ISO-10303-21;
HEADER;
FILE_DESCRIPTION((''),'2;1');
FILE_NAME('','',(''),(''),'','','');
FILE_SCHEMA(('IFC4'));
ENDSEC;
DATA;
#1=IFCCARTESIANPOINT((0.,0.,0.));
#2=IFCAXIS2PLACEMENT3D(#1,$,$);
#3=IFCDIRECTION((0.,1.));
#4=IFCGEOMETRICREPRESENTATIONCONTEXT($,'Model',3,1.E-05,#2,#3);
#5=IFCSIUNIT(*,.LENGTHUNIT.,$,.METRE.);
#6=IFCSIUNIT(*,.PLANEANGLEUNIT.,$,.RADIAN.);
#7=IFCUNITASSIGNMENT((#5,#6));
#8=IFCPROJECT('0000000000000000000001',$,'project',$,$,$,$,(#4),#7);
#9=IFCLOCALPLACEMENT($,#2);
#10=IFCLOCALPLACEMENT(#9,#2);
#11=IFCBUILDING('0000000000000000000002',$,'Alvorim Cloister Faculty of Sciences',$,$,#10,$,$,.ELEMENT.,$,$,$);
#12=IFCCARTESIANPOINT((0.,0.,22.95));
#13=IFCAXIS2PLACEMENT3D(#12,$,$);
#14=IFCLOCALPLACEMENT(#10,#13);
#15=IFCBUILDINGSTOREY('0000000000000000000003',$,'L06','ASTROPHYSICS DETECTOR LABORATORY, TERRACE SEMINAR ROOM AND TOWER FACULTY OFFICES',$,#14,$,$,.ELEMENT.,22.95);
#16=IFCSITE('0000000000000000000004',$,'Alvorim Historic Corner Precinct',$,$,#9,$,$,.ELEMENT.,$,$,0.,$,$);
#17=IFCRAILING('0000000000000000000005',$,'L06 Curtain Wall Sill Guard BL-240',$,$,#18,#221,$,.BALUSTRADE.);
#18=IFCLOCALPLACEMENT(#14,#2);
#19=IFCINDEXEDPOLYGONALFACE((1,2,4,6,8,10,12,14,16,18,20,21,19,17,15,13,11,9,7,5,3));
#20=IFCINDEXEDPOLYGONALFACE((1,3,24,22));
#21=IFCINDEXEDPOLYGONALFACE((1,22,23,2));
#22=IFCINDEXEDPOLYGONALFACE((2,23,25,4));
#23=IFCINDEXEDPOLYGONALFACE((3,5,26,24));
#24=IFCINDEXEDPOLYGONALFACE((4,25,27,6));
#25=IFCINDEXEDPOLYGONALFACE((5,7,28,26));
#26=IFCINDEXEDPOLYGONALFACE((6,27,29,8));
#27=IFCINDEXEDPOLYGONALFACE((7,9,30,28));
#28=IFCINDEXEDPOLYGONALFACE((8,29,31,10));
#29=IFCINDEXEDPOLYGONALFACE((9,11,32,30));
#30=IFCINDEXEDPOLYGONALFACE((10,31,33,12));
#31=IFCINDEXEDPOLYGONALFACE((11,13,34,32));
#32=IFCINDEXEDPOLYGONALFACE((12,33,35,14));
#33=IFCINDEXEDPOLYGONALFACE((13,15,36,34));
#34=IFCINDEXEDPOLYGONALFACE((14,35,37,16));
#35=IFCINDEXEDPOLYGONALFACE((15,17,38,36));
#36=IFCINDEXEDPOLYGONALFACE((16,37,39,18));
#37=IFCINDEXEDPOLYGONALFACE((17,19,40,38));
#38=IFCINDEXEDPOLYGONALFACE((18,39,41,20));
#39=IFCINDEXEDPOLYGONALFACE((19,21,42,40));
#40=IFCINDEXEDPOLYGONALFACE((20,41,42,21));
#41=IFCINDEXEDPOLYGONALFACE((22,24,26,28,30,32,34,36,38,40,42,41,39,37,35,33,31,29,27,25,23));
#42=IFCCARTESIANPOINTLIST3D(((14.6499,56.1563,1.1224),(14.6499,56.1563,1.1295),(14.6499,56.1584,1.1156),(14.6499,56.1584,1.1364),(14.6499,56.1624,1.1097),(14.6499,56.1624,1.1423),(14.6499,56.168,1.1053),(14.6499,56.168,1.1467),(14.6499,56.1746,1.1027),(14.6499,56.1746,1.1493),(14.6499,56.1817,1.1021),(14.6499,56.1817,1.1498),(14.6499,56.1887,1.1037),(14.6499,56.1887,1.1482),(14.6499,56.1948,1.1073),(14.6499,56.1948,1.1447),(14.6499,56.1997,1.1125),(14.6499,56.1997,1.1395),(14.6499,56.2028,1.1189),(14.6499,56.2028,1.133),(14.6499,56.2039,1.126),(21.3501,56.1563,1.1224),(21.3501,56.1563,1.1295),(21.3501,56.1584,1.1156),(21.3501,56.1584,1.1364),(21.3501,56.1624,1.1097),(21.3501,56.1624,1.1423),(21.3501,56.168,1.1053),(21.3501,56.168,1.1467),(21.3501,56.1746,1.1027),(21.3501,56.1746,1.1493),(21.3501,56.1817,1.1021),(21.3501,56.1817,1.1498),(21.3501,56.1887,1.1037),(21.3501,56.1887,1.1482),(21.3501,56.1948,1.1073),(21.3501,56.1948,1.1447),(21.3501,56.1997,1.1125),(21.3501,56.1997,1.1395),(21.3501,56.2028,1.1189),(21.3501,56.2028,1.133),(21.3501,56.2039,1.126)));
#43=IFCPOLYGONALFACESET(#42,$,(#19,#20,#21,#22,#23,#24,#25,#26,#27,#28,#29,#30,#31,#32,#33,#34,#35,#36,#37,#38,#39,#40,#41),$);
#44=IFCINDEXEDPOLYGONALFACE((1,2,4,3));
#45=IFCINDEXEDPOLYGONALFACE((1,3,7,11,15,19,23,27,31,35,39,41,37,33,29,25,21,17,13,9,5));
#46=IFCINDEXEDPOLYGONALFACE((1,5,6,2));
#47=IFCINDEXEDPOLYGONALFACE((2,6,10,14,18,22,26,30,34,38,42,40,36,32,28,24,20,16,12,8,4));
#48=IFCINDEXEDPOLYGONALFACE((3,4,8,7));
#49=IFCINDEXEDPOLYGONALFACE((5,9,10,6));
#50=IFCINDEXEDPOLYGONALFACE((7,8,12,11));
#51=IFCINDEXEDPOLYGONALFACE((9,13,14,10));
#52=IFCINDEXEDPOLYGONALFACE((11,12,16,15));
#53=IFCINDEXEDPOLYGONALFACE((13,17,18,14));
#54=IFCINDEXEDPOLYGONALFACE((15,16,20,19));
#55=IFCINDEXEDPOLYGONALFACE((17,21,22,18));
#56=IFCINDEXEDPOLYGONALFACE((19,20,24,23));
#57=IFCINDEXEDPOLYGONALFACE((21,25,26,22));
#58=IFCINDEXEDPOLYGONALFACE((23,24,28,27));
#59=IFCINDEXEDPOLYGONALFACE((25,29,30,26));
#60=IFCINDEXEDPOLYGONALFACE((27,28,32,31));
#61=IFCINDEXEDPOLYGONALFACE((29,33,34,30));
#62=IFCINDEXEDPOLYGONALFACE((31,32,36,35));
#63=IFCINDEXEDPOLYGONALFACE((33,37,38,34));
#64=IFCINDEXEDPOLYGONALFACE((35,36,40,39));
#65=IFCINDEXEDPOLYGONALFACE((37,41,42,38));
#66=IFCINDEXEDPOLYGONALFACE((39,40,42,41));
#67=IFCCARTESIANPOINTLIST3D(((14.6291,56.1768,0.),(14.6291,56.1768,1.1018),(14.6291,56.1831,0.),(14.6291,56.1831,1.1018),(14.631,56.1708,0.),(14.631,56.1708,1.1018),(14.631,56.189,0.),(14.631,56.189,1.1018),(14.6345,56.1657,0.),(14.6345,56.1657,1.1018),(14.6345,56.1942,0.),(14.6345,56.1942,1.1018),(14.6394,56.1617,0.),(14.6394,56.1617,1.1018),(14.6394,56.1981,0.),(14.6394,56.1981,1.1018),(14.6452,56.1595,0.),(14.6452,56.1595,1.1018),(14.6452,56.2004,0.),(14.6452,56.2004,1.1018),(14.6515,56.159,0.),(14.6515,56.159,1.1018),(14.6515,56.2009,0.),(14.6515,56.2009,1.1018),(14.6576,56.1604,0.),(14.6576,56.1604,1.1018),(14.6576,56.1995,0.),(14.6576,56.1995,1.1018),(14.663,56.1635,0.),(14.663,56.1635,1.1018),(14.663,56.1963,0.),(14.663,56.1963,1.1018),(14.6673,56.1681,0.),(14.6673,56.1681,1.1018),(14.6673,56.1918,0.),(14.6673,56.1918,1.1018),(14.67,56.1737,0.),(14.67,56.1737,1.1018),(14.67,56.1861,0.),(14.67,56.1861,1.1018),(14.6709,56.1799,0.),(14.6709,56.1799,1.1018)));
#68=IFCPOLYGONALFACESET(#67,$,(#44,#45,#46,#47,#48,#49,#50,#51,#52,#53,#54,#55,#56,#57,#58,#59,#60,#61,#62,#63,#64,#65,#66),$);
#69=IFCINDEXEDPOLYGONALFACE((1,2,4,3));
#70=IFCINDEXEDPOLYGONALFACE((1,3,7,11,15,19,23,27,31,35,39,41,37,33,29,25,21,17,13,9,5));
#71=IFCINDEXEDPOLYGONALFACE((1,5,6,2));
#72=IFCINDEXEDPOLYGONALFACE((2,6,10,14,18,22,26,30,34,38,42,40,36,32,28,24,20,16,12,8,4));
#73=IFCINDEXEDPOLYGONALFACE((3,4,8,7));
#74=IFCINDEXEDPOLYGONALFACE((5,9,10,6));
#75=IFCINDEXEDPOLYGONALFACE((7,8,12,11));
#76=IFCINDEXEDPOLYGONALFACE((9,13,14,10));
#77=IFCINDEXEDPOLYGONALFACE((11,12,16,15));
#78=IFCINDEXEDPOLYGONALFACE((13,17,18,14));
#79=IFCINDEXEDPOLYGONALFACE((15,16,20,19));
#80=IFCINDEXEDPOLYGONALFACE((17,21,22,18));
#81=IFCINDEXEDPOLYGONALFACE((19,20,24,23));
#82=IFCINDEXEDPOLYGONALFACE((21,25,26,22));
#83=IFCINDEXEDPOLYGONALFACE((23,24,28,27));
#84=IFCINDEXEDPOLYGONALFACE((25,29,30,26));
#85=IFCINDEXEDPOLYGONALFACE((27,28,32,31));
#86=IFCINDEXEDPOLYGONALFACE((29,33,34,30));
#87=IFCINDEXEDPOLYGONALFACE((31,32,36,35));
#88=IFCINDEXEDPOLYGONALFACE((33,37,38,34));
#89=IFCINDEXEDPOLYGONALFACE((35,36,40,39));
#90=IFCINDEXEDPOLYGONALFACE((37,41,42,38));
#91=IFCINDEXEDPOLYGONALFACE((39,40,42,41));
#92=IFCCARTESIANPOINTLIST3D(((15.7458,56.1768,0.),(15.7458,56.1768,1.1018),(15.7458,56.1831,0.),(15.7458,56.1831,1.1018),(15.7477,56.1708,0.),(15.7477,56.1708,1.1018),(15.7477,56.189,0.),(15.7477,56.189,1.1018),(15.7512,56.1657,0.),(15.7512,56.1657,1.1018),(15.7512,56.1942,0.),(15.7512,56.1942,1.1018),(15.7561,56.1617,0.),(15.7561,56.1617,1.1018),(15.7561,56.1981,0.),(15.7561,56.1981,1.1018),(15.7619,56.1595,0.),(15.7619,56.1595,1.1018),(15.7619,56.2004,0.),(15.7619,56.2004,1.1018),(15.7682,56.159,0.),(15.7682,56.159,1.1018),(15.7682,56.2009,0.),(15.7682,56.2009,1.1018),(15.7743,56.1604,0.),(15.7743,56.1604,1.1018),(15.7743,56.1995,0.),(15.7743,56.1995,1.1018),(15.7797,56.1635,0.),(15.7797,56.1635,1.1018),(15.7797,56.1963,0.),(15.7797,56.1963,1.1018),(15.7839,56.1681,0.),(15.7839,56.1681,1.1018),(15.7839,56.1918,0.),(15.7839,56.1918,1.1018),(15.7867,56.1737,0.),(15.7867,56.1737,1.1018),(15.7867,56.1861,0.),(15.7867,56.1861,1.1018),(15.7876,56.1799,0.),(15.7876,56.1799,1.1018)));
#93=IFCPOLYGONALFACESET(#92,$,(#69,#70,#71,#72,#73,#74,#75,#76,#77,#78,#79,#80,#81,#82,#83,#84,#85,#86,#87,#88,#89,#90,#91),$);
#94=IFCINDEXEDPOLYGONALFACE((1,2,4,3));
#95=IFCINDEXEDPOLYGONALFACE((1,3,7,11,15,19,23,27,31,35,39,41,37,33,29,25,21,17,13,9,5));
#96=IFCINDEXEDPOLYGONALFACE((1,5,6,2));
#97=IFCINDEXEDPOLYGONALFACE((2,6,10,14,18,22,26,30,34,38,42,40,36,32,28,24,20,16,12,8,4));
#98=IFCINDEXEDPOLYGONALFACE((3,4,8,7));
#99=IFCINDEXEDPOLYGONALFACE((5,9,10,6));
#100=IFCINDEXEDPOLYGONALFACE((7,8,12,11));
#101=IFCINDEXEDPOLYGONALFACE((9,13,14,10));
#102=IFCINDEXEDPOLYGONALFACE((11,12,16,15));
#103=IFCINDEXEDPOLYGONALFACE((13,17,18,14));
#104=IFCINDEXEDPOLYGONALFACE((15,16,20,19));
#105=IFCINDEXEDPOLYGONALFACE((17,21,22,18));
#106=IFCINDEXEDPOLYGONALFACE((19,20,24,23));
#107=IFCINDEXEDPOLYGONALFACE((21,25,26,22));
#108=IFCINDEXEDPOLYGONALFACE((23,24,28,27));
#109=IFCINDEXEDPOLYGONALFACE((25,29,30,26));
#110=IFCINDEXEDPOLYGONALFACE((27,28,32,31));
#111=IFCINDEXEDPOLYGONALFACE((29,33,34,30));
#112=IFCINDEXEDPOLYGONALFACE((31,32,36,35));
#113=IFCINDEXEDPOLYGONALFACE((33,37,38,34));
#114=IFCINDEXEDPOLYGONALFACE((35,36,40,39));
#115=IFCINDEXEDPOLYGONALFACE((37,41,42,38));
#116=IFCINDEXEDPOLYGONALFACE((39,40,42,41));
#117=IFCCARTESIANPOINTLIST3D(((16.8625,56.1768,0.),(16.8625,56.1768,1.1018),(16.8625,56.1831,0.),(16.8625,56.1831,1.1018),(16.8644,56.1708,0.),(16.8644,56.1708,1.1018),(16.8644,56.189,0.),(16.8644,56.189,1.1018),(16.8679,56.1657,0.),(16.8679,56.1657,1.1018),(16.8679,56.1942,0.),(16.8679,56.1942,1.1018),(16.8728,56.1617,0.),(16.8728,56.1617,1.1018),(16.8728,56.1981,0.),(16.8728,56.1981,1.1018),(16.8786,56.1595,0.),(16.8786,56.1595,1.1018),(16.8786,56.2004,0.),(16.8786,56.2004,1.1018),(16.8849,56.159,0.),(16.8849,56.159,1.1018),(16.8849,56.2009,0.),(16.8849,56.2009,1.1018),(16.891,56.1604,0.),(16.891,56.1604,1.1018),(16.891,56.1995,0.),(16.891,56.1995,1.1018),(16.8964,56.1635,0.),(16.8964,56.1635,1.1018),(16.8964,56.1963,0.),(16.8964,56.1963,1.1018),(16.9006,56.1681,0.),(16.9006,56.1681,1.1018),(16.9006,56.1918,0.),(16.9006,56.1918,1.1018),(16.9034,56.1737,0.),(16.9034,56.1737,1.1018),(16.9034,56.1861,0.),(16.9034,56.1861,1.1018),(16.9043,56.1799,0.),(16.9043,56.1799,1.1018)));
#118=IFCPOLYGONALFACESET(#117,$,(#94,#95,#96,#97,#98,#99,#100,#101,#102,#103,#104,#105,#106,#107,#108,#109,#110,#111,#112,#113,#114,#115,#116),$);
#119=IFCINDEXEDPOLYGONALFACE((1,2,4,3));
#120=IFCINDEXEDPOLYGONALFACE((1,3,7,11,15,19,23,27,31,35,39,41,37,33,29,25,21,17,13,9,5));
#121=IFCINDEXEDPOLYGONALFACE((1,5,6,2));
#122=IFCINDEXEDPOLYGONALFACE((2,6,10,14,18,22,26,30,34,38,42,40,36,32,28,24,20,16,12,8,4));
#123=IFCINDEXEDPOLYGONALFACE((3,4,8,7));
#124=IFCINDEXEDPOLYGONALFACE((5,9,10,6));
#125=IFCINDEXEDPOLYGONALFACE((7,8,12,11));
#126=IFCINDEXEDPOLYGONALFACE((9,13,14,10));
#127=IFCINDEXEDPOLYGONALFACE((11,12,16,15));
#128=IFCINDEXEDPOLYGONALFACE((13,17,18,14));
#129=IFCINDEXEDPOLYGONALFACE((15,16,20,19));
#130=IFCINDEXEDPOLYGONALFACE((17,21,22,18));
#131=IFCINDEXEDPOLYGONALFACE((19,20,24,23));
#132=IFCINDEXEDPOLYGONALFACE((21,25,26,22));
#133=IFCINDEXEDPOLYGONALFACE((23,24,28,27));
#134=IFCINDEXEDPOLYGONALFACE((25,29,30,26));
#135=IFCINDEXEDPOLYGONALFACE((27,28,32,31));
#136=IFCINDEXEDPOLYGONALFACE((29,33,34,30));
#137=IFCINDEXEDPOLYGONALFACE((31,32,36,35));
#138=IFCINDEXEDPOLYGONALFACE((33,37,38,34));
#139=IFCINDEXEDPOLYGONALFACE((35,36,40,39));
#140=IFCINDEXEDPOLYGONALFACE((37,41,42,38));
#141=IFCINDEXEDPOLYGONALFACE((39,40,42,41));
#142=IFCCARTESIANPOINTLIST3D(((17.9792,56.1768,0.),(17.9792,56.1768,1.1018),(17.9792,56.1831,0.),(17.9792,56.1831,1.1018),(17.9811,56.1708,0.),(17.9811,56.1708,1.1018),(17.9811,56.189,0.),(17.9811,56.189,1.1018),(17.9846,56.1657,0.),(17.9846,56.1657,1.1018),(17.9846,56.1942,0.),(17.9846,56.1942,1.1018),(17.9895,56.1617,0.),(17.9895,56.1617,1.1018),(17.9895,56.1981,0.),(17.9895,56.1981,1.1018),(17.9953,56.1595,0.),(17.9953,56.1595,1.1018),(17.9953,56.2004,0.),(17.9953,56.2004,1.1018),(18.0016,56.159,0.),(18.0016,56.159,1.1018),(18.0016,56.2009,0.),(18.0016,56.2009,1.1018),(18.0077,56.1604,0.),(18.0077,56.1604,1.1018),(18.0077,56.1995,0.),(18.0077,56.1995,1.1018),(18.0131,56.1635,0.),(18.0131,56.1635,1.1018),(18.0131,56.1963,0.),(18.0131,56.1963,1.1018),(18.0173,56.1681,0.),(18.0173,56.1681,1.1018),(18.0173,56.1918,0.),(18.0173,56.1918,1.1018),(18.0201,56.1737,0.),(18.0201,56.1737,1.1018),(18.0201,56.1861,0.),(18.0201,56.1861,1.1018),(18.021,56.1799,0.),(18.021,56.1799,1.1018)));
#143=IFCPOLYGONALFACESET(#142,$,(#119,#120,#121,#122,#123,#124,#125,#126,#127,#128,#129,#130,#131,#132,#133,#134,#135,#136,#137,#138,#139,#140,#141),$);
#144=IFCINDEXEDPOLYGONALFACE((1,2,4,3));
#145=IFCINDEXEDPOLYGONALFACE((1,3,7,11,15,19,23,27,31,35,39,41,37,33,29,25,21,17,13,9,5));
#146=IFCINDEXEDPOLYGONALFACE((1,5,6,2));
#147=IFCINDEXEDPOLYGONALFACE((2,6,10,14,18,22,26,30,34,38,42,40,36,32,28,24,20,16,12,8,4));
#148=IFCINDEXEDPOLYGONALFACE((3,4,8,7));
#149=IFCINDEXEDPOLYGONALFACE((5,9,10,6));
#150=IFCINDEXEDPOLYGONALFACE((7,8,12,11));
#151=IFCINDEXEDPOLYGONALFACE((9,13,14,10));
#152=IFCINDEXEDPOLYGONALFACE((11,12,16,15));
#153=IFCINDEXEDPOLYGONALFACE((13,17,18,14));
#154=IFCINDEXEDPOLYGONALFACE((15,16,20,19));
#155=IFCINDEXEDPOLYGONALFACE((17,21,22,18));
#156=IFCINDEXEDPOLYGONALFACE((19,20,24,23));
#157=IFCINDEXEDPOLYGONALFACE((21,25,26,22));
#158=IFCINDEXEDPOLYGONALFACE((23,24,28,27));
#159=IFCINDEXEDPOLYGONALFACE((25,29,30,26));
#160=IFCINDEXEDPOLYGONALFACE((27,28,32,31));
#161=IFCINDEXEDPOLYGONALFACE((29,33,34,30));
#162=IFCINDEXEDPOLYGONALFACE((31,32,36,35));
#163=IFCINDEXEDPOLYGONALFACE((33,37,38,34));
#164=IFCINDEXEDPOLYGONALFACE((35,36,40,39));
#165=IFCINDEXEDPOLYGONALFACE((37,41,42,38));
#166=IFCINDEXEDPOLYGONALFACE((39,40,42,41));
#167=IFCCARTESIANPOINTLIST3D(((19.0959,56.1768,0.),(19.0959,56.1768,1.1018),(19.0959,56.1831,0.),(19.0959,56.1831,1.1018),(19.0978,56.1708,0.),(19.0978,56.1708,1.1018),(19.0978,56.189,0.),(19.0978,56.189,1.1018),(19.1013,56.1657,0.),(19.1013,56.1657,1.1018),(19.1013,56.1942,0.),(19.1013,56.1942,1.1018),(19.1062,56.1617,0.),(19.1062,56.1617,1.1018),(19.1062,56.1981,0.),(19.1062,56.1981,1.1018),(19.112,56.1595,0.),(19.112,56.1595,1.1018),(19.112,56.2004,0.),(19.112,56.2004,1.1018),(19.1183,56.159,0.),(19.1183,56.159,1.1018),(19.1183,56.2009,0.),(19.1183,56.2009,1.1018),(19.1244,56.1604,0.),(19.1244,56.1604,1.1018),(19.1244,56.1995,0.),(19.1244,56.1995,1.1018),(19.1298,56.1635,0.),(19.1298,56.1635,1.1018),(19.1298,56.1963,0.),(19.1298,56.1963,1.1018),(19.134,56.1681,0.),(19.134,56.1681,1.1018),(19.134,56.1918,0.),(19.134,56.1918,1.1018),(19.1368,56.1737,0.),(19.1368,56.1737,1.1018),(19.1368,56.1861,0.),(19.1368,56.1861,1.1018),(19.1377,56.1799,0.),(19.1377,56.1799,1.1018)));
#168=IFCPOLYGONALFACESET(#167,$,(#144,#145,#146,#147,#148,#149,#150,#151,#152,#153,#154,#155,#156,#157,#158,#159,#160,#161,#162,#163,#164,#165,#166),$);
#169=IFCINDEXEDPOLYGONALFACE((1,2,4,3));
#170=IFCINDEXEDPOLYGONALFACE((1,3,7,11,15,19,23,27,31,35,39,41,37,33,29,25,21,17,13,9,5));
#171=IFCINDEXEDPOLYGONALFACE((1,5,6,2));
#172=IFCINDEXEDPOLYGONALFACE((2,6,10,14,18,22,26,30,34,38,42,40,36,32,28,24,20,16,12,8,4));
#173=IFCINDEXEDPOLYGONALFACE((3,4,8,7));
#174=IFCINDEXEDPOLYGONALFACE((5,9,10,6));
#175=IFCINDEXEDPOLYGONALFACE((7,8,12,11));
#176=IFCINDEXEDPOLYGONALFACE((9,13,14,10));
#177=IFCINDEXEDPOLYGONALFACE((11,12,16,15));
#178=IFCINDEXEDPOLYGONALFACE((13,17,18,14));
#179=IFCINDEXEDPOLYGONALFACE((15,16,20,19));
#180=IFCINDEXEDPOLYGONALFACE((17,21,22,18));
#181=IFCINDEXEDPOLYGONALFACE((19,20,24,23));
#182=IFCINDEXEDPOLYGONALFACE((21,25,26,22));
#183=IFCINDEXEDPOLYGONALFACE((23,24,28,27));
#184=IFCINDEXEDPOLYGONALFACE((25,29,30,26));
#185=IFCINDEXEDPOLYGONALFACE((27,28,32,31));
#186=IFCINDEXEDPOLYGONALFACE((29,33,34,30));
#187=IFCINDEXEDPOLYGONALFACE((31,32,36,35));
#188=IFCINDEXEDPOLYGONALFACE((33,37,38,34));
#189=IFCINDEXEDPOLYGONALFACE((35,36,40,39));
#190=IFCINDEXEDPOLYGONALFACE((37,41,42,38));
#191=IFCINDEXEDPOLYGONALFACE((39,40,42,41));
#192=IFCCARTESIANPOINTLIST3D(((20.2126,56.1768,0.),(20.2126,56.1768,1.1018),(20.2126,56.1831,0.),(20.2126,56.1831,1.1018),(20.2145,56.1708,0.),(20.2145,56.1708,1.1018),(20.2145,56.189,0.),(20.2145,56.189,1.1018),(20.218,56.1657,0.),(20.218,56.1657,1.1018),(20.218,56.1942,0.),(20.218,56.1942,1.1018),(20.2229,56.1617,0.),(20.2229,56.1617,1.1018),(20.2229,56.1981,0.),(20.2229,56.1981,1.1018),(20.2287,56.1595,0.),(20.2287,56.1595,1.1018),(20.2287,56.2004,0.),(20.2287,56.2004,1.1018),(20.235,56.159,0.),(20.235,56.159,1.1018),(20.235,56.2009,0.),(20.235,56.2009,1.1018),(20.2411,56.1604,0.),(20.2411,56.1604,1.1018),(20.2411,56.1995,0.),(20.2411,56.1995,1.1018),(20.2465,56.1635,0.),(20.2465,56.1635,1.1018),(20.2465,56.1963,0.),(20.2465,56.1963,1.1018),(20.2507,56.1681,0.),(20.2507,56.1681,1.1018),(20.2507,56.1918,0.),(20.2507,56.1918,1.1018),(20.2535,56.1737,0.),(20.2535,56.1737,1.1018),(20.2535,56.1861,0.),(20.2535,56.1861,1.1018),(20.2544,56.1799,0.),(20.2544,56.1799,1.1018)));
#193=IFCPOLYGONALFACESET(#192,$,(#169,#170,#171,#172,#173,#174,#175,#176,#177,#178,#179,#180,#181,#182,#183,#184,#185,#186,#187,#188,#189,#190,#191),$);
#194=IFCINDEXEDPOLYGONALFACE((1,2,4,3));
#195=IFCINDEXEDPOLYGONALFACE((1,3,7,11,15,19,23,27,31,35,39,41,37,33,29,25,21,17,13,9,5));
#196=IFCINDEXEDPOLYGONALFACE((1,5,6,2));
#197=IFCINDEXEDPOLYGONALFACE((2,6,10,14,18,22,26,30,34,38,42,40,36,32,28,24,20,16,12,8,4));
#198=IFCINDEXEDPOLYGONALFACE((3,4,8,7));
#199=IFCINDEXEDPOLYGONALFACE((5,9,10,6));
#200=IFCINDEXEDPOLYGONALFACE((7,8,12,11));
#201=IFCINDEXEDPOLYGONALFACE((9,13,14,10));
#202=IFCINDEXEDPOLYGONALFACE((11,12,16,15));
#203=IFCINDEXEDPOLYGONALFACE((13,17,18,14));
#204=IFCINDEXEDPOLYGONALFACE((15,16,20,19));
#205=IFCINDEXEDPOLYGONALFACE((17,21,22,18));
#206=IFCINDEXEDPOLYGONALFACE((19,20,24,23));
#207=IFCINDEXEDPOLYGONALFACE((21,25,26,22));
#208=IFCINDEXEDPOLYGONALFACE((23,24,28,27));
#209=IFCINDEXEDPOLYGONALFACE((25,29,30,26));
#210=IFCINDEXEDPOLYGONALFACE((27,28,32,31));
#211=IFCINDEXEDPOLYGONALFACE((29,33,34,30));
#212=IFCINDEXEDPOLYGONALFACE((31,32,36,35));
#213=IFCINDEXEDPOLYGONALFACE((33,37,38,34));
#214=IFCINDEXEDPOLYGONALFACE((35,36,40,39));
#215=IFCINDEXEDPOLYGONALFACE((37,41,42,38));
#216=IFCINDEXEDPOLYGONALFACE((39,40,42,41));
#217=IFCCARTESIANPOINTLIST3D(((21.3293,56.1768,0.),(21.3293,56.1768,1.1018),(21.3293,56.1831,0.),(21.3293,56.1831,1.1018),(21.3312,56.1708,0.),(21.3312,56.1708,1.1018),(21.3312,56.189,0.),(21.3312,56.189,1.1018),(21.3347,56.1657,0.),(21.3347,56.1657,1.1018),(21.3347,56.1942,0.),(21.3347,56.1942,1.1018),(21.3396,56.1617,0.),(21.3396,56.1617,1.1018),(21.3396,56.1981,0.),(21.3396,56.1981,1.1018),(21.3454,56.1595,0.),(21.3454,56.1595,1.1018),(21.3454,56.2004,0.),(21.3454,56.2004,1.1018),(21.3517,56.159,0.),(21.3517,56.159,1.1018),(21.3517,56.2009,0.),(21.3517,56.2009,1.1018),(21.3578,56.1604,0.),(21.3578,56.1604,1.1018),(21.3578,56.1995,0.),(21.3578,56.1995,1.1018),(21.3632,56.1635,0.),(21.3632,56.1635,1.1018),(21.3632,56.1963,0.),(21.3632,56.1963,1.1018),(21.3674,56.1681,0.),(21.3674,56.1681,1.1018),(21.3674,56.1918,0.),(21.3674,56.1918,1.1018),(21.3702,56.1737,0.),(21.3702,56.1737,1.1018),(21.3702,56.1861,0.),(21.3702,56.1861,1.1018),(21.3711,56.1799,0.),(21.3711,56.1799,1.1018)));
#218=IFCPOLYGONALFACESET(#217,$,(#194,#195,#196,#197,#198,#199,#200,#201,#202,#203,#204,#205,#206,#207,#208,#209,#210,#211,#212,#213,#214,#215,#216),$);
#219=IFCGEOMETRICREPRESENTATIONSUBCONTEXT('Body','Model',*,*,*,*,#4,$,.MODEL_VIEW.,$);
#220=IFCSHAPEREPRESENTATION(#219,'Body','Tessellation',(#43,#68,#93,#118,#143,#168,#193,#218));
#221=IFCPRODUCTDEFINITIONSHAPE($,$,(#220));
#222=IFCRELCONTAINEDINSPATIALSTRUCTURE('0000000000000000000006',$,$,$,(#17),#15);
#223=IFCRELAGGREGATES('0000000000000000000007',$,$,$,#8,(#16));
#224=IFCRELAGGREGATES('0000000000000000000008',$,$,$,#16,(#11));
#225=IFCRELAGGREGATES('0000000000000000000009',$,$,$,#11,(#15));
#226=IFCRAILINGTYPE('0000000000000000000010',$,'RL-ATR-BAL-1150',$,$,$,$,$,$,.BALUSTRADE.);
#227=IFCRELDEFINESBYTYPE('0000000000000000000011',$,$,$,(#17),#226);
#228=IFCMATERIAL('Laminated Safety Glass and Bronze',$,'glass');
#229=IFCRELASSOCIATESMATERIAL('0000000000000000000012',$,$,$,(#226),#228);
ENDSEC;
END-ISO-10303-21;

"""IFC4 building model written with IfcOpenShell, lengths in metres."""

from ifc_helpers import new_model, si_unit, direction, frame, origin, origin_2d, place, context, subcontext, project, spatial, circle, extrude, material, type_object, element, save


model = new_model("IFC4")

# Units and contexts
model_context = context("Model", 3, precision=1e-05, world=origin(), true_north=direction((0.0, 1.0)))
body_context = subcontext(model_context, "Body", "Model", "MODEL_VIEW")
ifc_project = project(units=[si_unit("LENGTHUNIT", "METRE"), si_unit("PLANEANGLEUNIT", "RADIAN")], contexts=[model_context])

# Site, building, storey
site_placement = place(None, origin())
site = spatial("IfcSite", under=ifc_project, at=site_placement, Name="Alvorim Historic Corner Precinct", CompositionType="ELEMENT", RefElevation=0.0)
building_placement = place(site_placement, origin())
building = spatial("IfcBuilding", under=site, at=building_placement, Name="Alvorim Cloister Faculty of Sciences", CompositionType="ELEMENT")
storey_placement = place(building_placement, frame((0.0, 0.0, 22.95)))
storey = spatial("IfcBuildingStorey", under=building, at=storey_placement, Name="L06", Description="ASTROPHYSICS DETECTOR LABORATORY, TERRACE SEMINAR ROOM AND TOWER FACULTY OFFICES", CompositionType="ELEMENT", Elevation=22.95)

# Railing
ifc_material_1 = material(Name="Laminated Safety Glass and Bronze", Category="glass")
railing_type = type_object("IfcRailingType", Name="RL-ATR-BAL-1150", PredefinedType="BALUSTRADE", material=ifc_material_1)
railing_placement = place(storey_placement, frame((14.6499, 56.1799, 0.0)))
element("IfcRailing", 1, at=railing_placement, inside=storey, type_object=railing_type, Name="L06 Curtain Wall Sill Guard BL-240", PredefinedType="BALUSTRADE", context=body_context, shape_type="SweptSolid", body=[
    extrude(circle(Radius=0.0239, at=origin_2d()), frame((0.0, 0.0, 1.126), z_axis=(1.0, 0.0, 0.0), x_axis=(0.0, 1.0, 0.0)), (0.0, 0.0, 1.0), 6.7002),
    extrude(circle(Radius=0.021, at=origin_2d()), origin(), (0.0, 0.0, 1.0), 1.1018),
    extrude(circle(Radius=0.021, at=origin_2d()), frame((1.1167, 0.0, 0.0)), (0.0, 0.0, 1.0), 1.1018),
    extrude(circle(Radius=0.021, at=origin_2d()), frame((2.2334, 0.0, 0.0)), (0.0, 0.0, 1.0), 1.1018),
    extrude(circle(Radius=0.021, at=origin_2d()), frame((3.3501, 0.0, 0.0)), (0.0, 0.0, 1.0), 1.1018),
    extrude(circle(Radius=0.021, at=origin_2d()), frame((4.4668, 0.0, 0.0)), (0.0, 0.0, 1.0), 1.1018),
    extrude(circle(Radius=0.021, at=origin_2d()), frame((5.5835, 0.0, 0.0)), (0.0, 0.0, 1.0), 1.1018),
    extrude(circle(Radius=0.021, at=origin_2d()), frame((6.7002, 0.0, 0.0)), (0.0, 0.0, 1.0), 1.1018),
])

save(model, "model.ifc")
